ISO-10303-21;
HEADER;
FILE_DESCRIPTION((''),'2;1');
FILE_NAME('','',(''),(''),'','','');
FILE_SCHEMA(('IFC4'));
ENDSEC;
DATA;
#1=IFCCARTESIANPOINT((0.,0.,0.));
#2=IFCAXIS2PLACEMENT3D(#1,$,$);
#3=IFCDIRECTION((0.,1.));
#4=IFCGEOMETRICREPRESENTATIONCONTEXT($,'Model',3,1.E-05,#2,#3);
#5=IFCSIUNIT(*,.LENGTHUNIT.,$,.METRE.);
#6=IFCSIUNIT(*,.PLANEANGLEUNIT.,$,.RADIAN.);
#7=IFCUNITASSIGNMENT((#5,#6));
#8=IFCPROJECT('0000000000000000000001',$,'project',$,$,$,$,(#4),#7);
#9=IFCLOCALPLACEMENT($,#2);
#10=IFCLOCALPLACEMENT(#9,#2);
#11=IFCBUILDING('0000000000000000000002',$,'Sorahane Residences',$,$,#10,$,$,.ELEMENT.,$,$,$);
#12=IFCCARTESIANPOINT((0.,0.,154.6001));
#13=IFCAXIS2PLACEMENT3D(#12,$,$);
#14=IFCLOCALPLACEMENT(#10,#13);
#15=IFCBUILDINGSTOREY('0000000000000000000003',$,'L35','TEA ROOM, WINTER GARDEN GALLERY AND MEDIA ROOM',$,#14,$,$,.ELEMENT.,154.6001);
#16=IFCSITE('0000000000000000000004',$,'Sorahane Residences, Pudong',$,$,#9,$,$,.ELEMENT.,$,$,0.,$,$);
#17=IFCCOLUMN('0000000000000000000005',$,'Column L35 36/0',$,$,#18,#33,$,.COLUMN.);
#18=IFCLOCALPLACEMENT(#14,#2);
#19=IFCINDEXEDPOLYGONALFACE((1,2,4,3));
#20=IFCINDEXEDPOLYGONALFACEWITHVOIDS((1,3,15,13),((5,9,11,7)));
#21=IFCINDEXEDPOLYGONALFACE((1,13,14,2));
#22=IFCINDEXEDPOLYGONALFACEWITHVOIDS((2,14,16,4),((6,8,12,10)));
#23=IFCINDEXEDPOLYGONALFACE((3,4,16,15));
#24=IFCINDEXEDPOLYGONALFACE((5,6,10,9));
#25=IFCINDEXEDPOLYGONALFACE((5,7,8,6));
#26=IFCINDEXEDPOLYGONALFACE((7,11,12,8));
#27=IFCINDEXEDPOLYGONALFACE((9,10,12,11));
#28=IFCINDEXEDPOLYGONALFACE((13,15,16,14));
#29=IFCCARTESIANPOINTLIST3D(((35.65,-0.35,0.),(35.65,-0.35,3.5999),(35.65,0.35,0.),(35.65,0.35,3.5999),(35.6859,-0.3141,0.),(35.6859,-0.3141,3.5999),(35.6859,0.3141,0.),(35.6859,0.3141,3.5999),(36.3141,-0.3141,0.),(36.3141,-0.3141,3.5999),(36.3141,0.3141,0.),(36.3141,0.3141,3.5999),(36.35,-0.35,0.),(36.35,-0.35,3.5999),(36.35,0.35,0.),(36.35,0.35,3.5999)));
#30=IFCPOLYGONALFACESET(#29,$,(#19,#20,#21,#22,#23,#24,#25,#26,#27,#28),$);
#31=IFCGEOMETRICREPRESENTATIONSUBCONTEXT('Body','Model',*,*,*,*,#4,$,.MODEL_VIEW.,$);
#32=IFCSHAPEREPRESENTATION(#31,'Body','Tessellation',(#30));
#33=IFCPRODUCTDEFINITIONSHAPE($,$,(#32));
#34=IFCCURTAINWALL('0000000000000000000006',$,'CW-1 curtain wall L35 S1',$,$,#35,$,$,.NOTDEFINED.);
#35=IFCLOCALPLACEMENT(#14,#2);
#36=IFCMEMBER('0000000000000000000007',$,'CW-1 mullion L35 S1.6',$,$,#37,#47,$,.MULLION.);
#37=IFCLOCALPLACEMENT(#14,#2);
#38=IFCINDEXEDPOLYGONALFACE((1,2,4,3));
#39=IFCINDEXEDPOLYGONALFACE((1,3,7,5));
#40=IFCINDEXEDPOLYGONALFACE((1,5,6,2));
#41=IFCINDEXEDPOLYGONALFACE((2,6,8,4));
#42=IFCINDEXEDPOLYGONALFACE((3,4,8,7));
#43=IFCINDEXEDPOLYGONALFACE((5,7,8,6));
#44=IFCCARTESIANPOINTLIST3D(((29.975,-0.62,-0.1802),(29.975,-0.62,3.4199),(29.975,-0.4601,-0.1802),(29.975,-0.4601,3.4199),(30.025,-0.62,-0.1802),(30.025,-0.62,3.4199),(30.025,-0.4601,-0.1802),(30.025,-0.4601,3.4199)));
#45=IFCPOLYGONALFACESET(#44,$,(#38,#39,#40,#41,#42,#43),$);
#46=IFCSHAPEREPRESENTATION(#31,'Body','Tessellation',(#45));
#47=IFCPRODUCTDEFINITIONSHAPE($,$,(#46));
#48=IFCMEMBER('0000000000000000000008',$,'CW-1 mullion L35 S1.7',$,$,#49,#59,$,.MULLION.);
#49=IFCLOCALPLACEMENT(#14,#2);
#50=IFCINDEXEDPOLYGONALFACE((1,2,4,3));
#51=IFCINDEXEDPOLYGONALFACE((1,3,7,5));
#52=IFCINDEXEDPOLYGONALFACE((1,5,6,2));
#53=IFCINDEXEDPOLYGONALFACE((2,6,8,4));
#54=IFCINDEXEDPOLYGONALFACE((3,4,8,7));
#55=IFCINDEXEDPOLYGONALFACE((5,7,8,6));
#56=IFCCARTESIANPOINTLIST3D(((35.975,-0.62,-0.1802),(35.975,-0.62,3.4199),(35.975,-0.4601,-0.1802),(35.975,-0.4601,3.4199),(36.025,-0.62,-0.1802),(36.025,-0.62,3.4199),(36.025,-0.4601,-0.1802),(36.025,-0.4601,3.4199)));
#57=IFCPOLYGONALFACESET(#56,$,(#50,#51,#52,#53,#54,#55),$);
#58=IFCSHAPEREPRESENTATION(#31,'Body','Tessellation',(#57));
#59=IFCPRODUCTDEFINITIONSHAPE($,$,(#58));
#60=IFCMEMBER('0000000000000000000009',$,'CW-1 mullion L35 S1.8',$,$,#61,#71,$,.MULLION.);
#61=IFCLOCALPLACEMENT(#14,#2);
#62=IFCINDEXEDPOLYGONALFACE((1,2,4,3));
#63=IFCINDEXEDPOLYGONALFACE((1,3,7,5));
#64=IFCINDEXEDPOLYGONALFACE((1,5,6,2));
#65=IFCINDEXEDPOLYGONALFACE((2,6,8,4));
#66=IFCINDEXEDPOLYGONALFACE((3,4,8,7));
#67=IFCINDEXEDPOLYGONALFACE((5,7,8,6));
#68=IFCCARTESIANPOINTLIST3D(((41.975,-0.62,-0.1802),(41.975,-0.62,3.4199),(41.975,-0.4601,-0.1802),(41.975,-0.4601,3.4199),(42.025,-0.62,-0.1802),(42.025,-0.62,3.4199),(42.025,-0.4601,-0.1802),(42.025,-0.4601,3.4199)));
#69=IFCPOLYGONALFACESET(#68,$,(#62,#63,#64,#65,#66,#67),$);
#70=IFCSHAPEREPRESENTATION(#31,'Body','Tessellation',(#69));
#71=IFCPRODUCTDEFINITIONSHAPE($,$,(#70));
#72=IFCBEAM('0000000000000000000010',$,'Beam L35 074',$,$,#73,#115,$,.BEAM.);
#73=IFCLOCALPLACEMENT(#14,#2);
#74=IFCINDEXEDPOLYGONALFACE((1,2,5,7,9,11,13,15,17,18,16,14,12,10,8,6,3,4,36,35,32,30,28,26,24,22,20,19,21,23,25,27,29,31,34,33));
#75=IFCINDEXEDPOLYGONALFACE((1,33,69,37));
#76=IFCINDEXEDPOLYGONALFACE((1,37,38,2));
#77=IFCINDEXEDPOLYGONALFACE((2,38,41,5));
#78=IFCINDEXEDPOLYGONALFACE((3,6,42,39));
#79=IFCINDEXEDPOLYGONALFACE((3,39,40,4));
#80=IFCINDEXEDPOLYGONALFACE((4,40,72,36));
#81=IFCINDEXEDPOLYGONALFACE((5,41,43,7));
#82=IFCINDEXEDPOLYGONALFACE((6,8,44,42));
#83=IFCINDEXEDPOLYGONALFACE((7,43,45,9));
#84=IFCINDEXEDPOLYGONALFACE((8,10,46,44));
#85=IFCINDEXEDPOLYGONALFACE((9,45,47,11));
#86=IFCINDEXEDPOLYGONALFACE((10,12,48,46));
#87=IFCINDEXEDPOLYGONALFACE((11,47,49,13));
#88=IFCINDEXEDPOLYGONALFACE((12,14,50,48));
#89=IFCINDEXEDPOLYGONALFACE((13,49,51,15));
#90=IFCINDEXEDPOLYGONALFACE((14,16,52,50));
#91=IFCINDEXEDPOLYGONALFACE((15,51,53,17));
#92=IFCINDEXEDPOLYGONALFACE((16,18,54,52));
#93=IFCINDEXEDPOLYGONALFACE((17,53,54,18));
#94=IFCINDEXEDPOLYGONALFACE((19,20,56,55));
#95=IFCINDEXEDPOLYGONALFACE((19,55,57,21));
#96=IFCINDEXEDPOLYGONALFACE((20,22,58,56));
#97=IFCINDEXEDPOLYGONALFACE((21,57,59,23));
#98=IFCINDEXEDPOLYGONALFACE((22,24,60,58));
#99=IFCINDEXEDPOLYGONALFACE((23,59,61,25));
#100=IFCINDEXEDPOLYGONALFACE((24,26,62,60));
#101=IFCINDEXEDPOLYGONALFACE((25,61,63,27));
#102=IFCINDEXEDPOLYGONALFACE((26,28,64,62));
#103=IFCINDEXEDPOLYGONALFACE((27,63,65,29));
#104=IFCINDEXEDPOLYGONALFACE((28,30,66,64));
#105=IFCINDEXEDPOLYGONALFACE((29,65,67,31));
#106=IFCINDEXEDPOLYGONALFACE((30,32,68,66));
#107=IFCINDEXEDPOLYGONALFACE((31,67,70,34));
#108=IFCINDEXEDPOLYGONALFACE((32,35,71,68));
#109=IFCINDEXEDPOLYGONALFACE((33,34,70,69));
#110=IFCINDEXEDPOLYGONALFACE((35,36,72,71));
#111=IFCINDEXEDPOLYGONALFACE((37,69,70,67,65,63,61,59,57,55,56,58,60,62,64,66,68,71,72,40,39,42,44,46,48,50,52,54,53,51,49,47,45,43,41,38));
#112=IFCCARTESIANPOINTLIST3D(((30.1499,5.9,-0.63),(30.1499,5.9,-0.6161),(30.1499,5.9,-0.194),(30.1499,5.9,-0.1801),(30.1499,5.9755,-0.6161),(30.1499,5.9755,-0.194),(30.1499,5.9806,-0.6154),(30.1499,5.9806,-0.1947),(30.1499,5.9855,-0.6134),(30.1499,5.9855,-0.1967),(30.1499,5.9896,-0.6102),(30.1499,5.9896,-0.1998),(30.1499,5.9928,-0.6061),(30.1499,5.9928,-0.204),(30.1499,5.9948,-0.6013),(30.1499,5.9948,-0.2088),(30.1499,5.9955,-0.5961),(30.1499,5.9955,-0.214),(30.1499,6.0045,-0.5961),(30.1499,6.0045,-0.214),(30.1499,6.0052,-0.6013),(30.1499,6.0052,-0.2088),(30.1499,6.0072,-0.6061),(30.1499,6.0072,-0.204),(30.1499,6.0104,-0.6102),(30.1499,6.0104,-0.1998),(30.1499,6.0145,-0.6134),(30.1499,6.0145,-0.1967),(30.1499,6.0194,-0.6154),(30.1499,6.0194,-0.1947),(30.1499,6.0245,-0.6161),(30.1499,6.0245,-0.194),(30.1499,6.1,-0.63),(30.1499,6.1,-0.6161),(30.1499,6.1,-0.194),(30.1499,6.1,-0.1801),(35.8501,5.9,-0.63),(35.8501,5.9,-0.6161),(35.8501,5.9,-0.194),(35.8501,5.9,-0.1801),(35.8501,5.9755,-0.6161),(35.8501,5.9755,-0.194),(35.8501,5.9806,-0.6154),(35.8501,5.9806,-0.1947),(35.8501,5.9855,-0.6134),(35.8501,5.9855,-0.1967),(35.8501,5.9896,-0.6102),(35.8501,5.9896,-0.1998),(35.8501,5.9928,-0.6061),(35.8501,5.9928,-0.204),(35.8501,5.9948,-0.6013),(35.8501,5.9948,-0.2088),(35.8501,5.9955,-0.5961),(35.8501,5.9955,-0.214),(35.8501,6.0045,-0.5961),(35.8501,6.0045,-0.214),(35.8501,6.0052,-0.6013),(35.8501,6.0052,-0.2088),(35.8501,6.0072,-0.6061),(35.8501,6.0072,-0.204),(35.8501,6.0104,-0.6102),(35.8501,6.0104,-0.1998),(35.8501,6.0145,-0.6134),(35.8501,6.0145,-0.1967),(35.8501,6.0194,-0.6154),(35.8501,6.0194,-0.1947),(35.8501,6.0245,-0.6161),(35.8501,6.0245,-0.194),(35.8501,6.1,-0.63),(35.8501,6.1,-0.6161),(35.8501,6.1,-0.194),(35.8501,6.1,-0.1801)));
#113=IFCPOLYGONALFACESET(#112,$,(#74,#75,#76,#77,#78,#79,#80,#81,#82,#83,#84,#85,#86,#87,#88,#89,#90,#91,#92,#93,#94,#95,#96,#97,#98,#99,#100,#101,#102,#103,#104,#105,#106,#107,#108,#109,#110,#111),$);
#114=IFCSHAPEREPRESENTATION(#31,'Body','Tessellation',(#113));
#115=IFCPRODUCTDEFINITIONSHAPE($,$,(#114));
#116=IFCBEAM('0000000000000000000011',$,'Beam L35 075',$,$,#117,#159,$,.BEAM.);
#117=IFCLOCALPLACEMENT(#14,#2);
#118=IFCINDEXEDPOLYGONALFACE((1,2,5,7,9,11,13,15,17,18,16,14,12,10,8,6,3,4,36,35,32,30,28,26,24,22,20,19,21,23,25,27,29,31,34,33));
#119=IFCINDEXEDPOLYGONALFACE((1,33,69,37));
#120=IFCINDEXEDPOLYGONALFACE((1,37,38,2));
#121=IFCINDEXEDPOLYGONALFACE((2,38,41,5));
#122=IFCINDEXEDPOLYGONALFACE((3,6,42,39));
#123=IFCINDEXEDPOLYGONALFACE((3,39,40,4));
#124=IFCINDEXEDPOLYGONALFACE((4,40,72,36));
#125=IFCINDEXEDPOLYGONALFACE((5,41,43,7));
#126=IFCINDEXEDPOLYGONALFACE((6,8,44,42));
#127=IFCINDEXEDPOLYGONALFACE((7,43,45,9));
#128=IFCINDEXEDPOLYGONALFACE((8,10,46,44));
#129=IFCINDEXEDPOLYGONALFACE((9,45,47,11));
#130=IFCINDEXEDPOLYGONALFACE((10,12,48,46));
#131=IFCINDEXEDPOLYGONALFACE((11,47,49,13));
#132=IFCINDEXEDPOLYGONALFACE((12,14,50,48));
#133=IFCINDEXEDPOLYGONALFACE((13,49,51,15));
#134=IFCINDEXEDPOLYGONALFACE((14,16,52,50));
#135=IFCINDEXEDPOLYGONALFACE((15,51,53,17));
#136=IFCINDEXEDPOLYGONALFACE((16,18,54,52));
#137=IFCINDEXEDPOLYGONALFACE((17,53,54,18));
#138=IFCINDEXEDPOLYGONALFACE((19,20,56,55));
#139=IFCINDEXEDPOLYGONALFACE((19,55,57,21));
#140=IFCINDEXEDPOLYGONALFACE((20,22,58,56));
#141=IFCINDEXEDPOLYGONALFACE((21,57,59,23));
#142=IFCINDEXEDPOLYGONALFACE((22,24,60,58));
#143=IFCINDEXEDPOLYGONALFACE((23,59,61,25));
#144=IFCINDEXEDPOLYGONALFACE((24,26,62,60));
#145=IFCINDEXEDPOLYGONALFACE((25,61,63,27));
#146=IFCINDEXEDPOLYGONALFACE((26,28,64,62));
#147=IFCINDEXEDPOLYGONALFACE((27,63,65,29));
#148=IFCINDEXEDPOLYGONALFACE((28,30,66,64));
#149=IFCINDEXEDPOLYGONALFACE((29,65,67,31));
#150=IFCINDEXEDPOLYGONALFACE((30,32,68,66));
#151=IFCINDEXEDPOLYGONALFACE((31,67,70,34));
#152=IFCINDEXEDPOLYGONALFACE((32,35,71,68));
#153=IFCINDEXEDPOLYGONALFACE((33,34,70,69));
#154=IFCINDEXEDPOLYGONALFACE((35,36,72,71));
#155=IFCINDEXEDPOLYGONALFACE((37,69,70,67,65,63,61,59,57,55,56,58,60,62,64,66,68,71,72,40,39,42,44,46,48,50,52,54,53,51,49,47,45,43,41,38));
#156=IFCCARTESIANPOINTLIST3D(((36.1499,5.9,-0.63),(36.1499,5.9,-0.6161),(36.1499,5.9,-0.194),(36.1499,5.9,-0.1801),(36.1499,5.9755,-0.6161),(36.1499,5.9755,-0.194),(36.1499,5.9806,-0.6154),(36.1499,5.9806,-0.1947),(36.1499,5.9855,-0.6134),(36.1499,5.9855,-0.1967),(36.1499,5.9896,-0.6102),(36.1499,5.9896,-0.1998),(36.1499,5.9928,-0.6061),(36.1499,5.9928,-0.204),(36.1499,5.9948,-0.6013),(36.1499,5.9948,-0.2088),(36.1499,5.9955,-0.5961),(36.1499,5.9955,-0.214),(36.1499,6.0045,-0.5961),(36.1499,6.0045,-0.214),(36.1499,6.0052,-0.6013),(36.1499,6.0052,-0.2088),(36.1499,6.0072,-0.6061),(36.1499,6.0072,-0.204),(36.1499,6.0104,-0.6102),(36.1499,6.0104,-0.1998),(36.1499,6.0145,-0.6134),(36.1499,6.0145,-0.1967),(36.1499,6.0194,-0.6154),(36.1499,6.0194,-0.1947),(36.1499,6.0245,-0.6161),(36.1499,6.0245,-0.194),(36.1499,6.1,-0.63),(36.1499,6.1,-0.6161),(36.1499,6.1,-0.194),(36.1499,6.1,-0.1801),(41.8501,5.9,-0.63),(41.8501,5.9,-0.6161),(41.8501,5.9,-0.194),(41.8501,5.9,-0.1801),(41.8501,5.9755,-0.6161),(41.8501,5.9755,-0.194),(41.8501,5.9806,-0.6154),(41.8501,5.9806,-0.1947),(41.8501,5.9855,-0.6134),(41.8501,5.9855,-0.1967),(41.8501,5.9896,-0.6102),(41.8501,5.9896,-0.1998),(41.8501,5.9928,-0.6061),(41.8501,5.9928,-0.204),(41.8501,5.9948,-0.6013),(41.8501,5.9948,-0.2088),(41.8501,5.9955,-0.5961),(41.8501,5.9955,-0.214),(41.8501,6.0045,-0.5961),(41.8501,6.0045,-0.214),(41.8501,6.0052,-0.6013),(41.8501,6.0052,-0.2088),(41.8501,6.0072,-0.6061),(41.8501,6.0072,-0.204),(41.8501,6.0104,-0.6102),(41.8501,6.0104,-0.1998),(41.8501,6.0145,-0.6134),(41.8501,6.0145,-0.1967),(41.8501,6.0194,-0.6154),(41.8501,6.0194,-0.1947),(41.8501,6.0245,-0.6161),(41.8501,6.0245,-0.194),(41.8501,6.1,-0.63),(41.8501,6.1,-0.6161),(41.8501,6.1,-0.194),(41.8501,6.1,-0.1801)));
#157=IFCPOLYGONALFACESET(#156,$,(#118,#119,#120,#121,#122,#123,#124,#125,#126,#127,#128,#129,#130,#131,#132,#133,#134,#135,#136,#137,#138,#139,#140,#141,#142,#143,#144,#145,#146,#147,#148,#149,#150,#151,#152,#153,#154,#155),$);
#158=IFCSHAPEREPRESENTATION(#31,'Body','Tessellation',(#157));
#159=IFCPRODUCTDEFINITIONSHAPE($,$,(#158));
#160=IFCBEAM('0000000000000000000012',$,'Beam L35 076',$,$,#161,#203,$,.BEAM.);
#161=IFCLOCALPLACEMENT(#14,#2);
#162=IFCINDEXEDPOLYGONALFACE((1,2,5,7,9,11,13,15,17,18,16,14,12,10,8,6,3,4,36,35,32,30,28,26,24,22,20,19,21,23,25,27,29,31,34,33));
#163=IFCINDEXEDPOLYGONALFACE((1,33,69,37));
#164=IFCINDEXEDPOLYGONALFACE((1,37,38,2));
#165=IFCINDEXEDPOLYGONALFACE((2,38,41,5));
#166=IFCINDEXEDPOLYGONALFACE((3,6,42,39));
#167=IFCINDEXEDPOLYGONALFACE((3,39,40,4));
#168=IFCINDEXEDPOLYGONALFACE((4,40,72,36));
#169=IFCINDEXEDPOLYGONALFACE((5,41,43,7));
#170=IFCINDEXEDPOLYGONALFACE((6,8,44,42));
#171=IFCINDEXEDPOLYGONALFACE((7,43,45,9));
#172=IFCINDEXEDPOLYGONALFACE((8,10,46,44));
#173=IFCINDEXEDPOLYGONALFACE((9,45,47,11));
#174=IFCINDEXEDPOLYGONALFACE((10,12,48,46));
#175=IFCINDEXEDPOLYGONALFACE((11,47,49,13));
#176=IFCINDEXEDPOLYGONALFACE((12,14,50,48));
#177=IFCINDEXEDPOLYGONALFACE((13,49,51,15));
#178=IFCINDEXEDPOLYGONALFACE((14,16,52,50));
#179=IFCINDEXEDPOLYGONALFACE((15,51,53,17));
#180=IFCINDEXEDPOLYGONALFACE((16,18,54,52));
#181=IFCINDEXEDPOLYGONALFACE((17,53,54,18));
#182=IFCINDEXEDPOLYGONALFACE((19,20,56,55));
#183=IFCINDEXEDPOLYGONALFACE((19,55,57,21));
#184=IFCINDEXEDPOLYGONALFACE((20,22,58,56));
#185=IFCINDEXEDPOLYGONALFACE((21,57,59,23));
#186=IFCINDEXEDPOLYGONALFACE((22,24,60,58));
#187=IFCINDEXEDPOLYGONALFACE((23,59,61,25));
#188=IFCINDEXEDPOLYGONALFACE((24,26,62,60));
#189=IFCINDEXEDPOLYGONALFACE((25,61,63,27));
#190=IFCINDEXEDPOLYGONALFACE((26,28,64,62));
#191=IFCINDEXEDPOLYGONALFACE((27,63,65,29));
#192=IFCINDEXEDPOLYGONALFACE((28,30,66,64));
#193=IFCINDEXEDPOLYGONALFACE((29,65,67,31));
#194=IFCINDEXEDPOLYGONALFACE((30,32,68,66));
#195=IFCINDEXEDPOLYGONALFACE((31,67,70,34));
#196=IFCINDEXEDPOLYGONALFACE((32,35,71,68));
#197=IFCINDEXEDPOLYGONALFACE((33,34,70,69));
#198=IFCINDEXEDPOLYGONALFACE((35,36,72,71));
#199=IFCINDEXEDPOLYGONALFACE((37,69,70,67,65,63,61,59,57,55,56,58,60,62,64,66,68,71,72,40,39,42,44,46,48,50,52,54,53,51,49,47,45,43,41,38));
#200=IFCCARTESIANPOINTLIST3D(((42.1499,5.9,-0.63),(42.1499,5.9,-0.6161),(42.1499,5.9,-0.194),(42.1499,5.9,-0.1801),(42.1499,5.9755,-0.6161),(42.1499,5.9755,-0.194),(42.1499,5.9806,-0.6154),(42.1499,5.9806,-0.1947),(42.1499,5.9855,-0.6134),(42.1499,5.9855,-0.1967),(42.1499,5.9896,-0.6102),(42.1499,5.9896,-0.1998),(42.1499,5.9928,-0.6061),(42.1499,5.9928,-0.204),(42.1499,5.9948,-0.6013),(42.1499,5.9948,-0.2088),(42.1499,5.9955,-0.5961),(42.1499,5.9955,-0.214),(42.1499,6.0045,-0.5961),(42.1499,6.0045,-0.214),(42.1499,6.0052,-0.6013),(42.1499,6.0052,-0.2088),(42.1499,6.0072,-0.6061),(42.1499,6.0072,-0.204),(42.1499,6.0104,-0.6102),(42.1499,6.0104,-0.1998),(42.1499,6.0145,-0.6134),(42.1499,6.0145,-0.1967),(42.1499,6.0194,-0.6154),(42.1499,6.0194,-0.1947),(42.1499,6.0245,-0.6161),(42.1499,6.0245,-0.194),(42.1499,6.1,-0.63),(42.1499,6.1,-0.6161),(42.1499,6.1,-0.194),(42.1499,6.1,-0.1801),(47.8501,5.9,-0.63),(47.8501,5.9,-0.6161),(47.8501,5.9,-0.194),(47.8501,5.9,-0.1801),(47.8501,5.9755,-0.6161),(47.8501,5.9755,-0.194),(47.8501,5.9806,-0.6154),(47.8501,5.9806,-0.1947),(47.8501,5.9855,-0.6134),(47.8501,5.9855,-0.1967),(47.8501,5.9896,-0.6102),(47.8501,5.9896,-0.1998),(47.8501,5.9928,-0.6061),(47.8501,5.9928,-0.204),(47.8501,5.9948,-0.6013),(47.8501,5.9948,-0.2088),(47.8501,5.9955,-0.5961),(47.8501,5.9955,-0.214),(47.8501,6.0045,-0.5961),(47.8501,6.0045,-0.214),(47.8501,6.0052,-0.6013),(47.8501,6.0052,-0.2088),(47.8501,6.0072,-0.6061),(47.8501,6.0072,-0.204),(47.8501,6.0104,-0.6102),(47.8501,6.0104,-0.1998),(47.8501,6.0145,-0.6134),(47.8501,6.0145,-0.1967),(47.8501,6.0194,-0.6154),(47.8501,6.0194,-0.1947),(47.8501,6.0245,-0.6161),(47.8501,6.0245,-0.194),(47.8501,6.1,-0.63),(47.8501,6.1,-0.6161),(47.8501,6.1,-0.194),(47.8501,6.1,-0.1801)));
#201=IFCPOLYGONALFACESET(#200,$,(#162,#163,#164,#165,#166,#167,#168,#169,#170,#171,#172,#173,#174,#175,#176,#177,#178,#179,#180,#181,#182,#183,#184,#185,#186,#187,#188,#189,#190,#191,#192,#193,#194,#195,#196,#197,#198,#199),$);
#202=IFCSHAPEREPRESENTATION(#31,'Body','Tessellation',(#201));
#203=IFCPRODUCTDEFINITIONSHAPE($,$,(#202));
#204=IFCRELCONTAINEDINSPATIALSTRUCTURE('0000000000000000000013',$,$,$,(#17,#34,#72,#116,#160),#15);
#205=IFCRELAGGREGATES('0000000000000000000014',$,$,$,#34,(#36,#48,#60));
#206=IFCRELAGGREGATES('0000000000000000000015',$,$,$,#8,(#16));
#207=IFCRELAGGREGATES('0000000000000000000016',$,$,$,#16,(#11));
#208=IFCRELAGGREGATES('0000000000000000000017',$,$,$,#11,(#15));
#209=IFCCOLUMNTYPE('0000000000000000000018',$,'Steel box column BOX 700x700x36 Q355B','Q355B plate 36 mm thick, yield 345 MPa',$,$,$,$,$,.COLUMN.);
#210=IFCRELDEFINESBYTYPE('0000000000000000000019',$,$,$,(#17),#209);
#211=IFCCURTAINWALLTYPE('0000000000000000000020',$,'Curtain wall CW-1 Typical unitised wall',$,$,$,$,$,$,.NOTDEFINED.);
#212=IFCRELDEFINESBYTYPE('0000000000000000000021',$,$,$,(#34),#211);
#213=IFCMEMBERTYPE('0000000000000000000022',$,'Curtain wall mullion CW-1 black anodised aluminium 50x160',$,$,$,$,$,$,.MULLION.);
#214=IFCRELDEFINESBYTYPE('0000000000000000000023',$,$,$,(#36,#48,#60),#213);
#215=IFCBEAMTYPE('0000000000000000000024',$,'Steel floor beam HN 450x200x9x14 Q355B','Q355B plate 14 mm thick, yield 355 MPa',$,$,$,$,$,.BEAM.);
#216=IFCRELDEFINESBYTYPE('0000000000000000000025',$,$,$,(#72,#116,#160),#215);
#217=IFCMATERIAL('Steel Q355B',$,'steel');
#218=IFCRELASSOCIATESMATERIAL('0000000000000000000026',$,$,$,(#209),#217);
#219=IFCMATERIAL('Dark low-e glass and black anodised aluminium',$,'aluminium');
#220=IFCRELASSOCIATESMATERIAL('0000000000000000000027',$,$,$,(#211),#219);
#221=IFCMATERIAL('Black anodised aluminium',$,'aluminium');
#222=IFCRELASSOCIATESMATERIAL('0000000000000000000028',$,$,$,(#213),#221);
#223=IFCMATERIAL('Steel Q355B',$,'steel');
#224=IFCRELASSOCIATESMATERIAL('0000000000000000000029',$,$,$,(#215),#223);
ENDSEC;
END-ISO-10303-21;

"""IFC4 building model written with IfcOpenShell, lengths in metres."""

from ifc_helpers import new_model, si_unit, direction, frame, origin, origin_2d, place, context, subcontext, project, spatial, rectangle, hollow_rectangle, i_section, extrude, material, material_profile, profile_set, type_object, element, aggregate, save


model = new_model("IFC4")

# Units and contexts
model_context = context("Model", 3, precision=1e-05, world=origin(), true_north=direction((0.0, 1.0)))
body_context = subcontext(model_context, "Body", "Model", "MODEL_VIEW")
ifc_project = project(units=[si_unit("LENGTHUNIT", "METRE"), si_unit("PLANEANGLEUNIT", "RADIAN")], contexts=[model_context])

# Site, building, storey
site_placement = place(None, origin())
site = spatial("IfcSite", under=ifc_project, at=site_placement, Name="Sorahane Residences, Pudong", CompositionType="ELEMENT", RefElevation=0.0)
building_placement = place(site_placement, origin())
building = spatial("IfcBuilding", under=site, at=building_placement, Name="Sorahane Residences", CompositionType="ELEMENT")
storey_placement = place(building_placement, frame((0.0, 0.0, 154.6001)))
storey = spatial("IfcBuildingStorey", under=building, at=storey_placement, Name="L35", Description="TEA ROOM, WINTER GARDEN GALLERY AND MEDIA ROOM", CompositionType="ELEMENT", Elevation=154.6001)

# Column
ifc_material_1 = material(Name="Steel Q355B", Category="steel")
ifc_material_profile_1 = material_profile(ifc_material_1, hollow_rectangle(XDim=0.7, YDim=0.7, WallThickness=0.0359, at=origin_2d()), Name="BOX 700x700x36")
ifc_profile_set_1 = profile_set([ifc_material_profile_1], Name="Steel Q355B")
column_type = type_object("IfcColumnType", Name="Steel box column BOX 700x700x36 Q355B", Description="Q355B plate 36 mm thick, yield 345 MPa", PredefinedType="COLUMN", material=ifc_profile_set_1)
column_placement = place(storey_placement, frame((36.0, 0.0, 0.0), z_axis=(0.0, 0.0, 1.0), x_axis=(1.0, 0.0, 0.0)))
element("IfcColumn", 1, at=column_placement, inside=storey, type_object=column_type, Name="Column L35 36/0", PredefinedType="COLUMN", context=body_context, shape_type="SweptSolid", body=[
    extrude(hollow_rectangle(XDim=0.7, YDim=0.7, WallThickness=0.0359, at=origin_2d()), origin(), (0.0, 0.0, 1.0), 3.5999),
])

# Curtain wall, members
ifc_material_2 = material(Name="Dark low-e glass and black anodised aluminium", Category="aluminium")
curtain_wall_type = type_object("IfcCurtainWallType", Name="Curtain wall CW-1 Typical unitised wall", PredefinedType="NOTDEFINED", material=ifc_material_2)
curtain_wall_placement = place(storey_placement, origin())
curtain_wall = element("IfcCurtainWall", 2, at=curtain_wall_placement, inside=storey, type_object=curtain_wall_type, Name="CW-1 curtain wall L35 S1", PredefinedType="NOTDEFINED")
ifc_material_3 = material(Name="Black anodised aluminium", Category="aluminium")
ifc_material_profile_2 = material_profile(ifc_material_3, rectangle(XDim=0.1599, YDim=0.05, at=origin_2d()), Name="Curtain wall mullion CW-1 black anodised aluminium 50x160")
ifc_profile_set_2 = profile_set([ifc_material_profile_2], Name="Black anodised aluminium")
member_type = type_object("IfcMemberType", Name="Curtain wall mullion CW-1 black anodised aluminium 50x160", PredefinedType="MULLION", material=ifc_profile_set_2)
member_1_placement = place(storey_placement, frame((30.0, -0.54, -0.1802), z_axis=(0.0, 0.0, 1.0), x_axis=(0.0, -1.0, 0.0)))
member_1 = element("IfcMember", 3, at=member_1_placement, type_object=member_type, Name="CW-1 mullion L35 S1.6", PredefinedType="MULLION", context=body_context, shape_type="SweptSolid", body=[
    extrude(rectangle(XDim=0.1599, YDim=0.05, at=origin_2d()), origin(), (0.0, 0.0, 1.0), 3.6001),
])
member_2_placement = place(storey_placement, frame((36.0, -0.54, -0.1802), z_axis=(0.0, 0.0, 1.0), x_axis=(0.0, -1.0, 0.0)))
member_2 = element("IfcMember", 4, at=member_2_placement, type_object=member_type, Name="CW-1 mullion L35 S1.7", PredefinedType="MULLION", context=body_context, shape_type="SweptSolid", body=[
    extrude(rectangle(XDim=0.1599, YDim=0.05, at=origin_2d()), origin(), (0.0, 0.0, 1.0), 3.6001),
])
member_3_placement = place(storey_placement, frame((42.0, -0.54, -0.1802), z_axis=(0.0, 0.0, 1.0), x_axis=(0.0, -1.0, 0.0)))
member_3 = element("IfcMember", 5, at=member_3_placement, type_object=member_type, Name="CW-1 mullion L35 S1.8", PredefinedType="MULLION", context=body_context, shape_type="SweptSolid", body=[
    extrude(rectangle(XDim=0.1599, YDim=0.05, at=origin_2d()), origin(), (0.0, 0.0, 1.0), 3.6001),
])

# Beams
ifc_material_4 = material(Name="Steel Q355B", Category="steel")
ifc_material_profile_3 = material_profile(ifc_material_4, i_section(OverallWidth=0.2, OverallDepth=0.45, WebThickness=0.009, FlangeThickness=0.0139, FilletRadius=0.02, at=origin_2d()), Name="HN 450x200x9x14")
ifc_profile_set_3 = profile_set([ifc_material_profile_3], Name="Steel Q355B")
beam_type_1 = type_object("IfcBeamType", Name="Steel floor beam HN 450x200x9x14 Q355B", Description="Q355B plate 14 mm thick, yield 355 MPa", PredefinedType="BEAM", material=ifc_profile_set_3)
for number, where, z_axis, x_axis, name in (
    (6, (30.1499, 6.0, -0.405), (1.0, 0.0, 0.0), (0.0, 1.0, 0.0), "Beam L35 074"),
    (7, (36.1499, 6.0, -0.405), (1.0, 0.0, 0.0), (0.0, 1.0, 0.0), "Beam L35 075"),
    (8, (42.1499, 6.0, -0.405), (1.0, 0.0, 0.0), (0.0, 1.0, 0.0), "Beam L35 076"),
):
    element("IfcBeam", number, at=place(storey_placement, frame(where, z_axis=z_axis, x_axis=x_axis)), inside=storey, type_object=beam_type_1, Name=name, PredefinedType="BEAM", context=body_context, shape_type="SweptSolid", body=[
        extrude(i_section(OverallWidth=0.2, OverallDepth=0.45, WebThickness=0.009, FlangeThickness=0.0139, FilletRadius=0.02, at=origin_2d()), origin(), (0.0, 0.0, 1.0), 5.7002),
    ])

aggregate(curtain_wall, [member_1, member_2, member_3])

save(model, "model.ifc")
